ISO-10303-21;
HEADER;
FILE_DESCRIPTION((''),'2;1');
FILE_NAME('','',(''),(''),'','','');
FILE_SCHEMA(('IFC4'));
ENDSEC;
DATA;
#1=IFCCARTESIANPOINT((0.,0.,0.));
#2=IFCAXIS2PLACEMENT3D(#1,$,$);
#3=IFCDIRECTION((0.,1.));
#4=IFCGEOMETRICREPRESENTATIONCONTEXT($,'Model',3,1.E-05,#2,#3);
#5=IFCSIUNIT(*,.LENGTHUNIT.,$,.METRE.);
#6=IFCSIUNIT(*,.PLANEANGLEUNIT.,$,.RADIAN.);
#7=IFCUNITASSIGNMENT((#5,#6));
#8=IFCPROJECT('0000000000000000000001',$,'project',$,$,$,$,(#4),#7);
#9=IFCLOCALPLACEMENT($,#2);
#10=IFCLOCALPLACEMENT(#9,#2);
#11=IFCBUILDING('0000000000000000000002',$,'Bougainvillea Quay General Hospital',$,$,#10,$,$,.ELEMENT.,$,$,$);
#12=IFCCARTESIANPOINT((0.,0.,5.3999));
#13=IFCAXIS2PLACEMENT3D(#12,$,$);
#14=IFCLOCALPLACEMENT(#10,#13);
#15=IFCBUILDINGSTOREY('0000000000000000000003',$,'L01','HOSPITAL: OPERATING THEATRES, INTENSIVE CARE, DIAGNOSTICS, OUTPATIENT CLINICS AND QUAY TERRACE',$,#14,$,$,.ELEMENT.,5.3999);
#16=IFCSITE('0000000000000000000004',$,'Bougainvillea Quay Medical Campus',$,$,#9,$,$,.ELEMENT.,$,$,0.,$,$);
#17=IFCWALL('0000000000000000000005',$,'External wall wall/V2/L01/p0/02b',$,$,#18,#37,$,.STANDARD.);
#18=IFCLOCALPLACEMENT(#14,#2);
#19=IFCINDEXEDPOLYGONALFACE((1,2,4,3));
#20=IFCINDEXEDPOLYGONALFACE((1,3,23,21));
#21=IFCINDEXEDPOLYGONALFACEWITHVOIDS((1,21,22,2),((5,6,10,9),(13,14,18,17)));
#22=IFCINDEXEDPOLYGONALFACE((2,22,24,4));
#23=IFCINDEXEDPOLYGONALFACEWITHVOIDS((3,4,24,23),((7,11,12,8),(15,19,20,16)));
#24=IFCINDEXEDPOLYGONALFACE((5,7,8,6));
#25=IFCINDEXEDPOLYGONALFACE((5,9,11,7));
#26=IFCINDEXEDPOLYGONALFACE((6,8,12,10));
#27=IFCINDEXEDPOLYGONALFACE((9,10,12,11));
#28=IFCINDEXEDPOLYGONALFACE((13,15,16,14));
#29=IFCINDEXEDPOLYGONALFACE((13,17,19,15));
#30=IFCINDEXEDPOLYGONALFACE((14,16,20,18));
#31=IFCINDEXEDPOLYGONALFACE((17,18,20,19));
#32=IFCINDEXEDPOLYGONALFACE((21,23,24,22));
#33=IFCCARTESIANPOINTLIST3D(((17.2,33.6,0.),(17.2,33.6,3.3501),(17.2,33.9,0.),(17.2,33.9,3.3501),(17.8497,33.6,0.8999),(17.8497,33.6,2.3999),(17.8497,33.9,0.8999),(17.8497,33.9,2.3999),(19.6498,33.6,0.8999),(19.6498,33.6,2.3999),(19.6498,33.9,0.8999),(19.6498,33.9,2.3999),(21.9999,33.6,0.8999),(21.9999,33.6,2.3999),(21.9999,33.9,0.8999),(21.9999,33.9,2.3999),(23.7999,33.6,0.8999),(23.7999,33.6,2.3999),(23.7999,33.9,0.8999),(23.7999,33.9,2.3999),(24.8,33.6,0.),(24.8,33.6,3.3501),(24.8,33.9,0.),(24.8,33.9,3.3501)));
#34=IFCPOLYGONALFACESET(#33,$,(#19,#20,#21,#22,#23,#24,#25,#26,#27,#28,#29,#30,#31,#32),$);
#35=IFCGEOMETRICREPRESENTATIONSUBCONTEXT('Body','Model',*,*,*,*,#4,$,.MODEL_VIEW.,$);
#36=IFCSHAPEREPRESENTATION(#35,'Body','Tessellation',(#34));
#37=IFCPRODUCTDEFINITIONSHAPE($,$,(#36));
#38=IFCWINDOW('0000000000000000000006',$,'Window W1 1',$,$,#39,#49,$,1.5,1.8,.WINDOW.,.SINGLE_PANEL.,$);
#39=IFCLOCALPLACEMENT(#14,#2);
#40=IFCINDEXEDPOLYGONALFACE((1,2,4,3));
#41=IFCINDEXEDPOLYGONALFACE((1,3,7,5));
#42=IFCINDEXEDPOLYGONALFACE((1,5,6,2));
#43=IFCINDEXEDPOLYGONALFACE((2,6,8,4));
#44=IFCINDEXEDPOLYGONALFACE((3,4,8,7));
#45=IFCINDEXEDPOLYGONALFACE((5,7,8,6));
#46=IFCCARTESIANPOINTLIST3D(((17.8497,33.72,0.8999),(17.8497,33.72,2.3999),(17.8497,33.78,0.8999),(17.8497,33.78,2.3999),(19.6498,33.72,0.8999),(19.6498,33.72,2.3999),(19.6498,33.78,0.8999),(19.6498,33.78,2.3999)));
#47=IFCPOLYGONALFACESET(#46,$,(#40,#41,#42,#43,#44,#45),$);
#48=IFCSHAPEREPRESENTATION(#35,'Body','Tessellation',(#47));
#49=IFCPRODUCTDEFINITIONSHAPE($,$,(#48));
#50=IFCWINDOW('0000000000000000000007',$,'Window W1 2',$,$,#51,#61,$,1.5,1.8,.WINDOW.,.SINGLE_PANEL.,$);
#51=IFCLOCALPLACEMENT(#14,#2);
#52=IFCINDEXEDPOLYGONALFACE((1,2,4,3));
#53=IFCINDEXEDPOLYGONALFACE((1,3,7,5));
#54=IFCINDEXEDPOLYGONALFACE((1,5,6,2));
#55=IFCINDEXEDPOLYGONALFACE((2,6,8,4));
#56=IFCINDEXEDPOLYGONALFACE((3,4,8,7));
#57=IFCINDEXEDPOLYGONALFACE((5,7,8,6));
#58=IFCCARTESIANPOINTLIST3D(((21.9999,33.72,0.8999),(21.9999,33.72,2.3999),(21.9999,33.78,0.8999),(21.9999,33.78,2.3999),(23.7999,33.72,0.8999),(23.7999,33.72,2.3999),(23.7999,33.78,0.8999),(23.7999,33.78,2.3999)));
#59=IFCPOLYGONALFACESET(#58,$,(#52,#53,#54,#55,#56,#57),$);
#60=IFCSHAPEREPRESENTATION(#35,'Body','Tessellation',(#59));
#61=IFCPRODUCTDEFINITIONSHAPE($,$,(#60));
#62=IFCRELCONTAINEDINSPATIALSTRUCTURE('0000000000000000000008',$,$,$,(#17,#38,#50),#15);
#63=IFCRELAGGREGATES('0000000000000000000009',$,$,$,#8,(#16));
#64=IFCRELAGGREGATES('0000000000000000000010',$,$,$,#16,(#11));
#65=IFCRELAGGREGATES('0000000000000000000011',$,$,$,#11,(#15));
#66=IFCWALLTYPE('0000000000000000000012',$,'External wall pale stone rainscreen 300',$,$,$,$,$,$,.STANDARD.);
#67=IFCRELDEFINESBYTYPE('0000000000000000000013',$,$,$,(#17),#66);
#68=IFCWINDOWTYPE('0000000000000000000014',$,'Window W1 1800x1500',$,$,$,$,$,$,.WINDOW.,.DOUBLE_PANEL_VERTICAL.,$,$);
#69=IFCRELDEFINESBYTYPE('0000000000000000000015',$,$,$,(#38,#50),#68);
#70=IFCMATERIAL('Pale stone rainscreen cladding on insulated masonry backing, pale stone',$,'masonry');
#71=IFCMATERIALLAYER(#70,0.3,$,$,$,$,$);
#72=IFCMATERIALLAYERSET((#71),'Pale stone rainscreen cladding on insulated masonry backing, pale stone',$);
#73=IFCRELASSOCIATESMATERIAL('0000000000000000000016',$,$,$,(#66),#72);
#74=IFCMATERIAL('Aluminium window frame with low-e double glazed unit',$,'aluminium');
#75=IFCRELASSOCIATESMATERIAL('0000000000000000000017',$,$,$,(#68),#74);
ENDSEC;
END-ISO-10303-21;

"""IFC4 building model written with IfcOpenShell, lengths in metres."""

from ifc_helpers import new_model, si_unit, direction, frame, frame_2d, origin, place, context, subcontext, project, spatial, rectangle, extrude, material, layer, layer_set, type_object, element, fill, save


model = new_model("IFC4")

# Units and contexts
model_context = context("Model", 3, precision=1e-05, world=origin(), true_north=direction((0.0, 1.0)))
body_context = subcontext(model_context, "Body", "Model", "MODEL_VIEW")
ifc_project = project(units=[si_unit("LENGTHUNIT", "METRE"), si_unit("PLANEANGLEUNIT", "RADIAN")], contexts=[model_context])

# Site, building, storey
site_placement = place(None, origin())
site = spatial("IfcSite", under=ifc_project, at=site_placement, Name="Bougainvillea Quay Medical Campus", CompositionType="ELEMENT", RefElevation=0.0)
building_placement = place(site_placement, origin())
building = spatial("IfcBuilding", under=site, at=building_placement, Name="Bougainvillea Quay General Hospital", CompositionType="ELEMENT")
storey_placement = place(building_placement, frame((0.0, 0.0, 5.3999)))
storey = spatial("IfcBuildingStorey", under=building, at=storey_placement, Name="L01", Description="HOSPITAL: OPERATING THEATRES, INTENSIVE CARE, DIAGNOSTICS, OUTPATIENT CLINICS AND QUAY TERRACE", CompositionType="ELEMENT", Elevation=5.3999)

# Wall, openings, windows
ifc_material_1 = material(Name="Pale stone rainscreen cladding on insulated masonry backing, pale stone", Category="masonry")
ifc_layer_1 = layer(ifc_material_1, 0.3)
ifc_layer_set_1 = layer_set([ifc_layer_1], Name="Pale stone rainscreen cladding on insulated masonry backing, pale stone")
wall_type = type_object("IfcWallType", Name="External wall pale stone rainscreen 300", PredefinedType="STANDARD", material=ifc_layer_set_1)
ifc_material_2 = material(Name="Aluminium window frame with low-e double glazed unit", Category="aluminium")
window_type = type_object("IfcWindowType", Name="Window W1 1800x1500", PartitioningType="DOUBLE_PANEL_VERTICAL", PredefinedType="WINDOW", material=ifc_material_2)
wall_1_placement = place(storey_placement, frame((17.2, 33.75, 0.0), z_axis=(0.0, 0.0, 1.0), x_axis=(1.0, 0.0, 0.0)))
wall_1 = element("IfcWall", 1, at=wall_1_placement, inside=storey, type_object=wall_type, Name="External wall wall/V2/L01/p0/02b", PredefinedType="STANDARD", context=body_context, shape_type="SweptSolid", body=[
    extrude(rectangle(XDim=7.6001, YDim=0.3, at=frame_2d((3.8, 0.0))), origin(), (0.0, 0.0, 1.0), 3.3501),
])
opening_1_placement = place(wall_1_placement, frame((0.6499, 0.0, 0.8999)))
opening_1 = element("IfcOpeningElement", 2, at=opening_1_placement, cuts=wall_1, PredefinedType="OPENING", context=body_context, shape_type="SweptSolid", body=[
    extrude(rectangle(XDim=1.8, YDim=1.5, at=frame_2d((0.8999, 0.75))), frame((0.0, 0.1599, 0.0), z_axis=(0.0, -1.0, 0.0), x_axis=(1.0, 0.0, 0.0)), (0.0, 0.0, 1.0), 0.3201),
])
opening_2_placement = place(wall_1_placement, frame((4.8, 0.0, 0.8999)))
opening_2 = element("IfcOpeningElement", 3, at=opening_2_placement, cuts=wall_1, PredefinedType="OPENING", context=body_context, shape_type="SweptSolid", body=[
    extrude(rectangle(XDim=1.8, YDim=1.5, at=frame_2d((0.8999, 0.75))), frame((0.0, 0.1599, 0.0), z_axis=(0.0, -1.0, 0.0), x_axis=(1.0, 0.0, 0.0)), (0.0, 0.0, 1.0), 0.3201),
])
window_1_placement = place(opening_1_placement, origin())
window_1 = element("IfcWindow", 4, at=window_1_placement, inside=storey, type_object=window_type, Name="Window W1 1", OverallHeight=1.5, OverallWidth=1.8, PartitioningType="SINGLE_PANEL", PredefinedType="WINDOW", context=body_context, shape_type="SweptSolid", body=[
    extrude(rectangle(XDim=1.8, YDim=1.5, at=frame_2d((0.8999, 0.75))), frame((0.0, 0.03, 0.0), z_axis=(0.0, -1.0, 0.0), x_axis=(1.0, 0.0, 0.0)), (0.0, 0.0, 1.0), 0.0601),
])
fill(opening_1, window_1)
window_2_placement = place(opening_2_placement, origin())
window_2 = element("IfcWindow", 5, at=window_2_placement, inside=storey, type_object=window_type, Name="Window W1 2", OverallHeight=1.5, OverallWidth=1.8, PartitioningType="SINGLE_PANEL", PredefinedType="WINDOW", context=body_context, shape_type="SweptSolid", body=[
    extrude(rectangle(XDim=1.8, YDim=1.5, at=frame_2d((0.8999, 0.75))), frame((0.0, 0.03, 0.0), z_axis=(0.0, -1.0, 0.0), x_axis=(1.0, 0.0, 0.0)), (0.0, 0.0, 1.0), 0.0601),
])
fill(opening_2, window_2)

save(model, "model.ifc")
